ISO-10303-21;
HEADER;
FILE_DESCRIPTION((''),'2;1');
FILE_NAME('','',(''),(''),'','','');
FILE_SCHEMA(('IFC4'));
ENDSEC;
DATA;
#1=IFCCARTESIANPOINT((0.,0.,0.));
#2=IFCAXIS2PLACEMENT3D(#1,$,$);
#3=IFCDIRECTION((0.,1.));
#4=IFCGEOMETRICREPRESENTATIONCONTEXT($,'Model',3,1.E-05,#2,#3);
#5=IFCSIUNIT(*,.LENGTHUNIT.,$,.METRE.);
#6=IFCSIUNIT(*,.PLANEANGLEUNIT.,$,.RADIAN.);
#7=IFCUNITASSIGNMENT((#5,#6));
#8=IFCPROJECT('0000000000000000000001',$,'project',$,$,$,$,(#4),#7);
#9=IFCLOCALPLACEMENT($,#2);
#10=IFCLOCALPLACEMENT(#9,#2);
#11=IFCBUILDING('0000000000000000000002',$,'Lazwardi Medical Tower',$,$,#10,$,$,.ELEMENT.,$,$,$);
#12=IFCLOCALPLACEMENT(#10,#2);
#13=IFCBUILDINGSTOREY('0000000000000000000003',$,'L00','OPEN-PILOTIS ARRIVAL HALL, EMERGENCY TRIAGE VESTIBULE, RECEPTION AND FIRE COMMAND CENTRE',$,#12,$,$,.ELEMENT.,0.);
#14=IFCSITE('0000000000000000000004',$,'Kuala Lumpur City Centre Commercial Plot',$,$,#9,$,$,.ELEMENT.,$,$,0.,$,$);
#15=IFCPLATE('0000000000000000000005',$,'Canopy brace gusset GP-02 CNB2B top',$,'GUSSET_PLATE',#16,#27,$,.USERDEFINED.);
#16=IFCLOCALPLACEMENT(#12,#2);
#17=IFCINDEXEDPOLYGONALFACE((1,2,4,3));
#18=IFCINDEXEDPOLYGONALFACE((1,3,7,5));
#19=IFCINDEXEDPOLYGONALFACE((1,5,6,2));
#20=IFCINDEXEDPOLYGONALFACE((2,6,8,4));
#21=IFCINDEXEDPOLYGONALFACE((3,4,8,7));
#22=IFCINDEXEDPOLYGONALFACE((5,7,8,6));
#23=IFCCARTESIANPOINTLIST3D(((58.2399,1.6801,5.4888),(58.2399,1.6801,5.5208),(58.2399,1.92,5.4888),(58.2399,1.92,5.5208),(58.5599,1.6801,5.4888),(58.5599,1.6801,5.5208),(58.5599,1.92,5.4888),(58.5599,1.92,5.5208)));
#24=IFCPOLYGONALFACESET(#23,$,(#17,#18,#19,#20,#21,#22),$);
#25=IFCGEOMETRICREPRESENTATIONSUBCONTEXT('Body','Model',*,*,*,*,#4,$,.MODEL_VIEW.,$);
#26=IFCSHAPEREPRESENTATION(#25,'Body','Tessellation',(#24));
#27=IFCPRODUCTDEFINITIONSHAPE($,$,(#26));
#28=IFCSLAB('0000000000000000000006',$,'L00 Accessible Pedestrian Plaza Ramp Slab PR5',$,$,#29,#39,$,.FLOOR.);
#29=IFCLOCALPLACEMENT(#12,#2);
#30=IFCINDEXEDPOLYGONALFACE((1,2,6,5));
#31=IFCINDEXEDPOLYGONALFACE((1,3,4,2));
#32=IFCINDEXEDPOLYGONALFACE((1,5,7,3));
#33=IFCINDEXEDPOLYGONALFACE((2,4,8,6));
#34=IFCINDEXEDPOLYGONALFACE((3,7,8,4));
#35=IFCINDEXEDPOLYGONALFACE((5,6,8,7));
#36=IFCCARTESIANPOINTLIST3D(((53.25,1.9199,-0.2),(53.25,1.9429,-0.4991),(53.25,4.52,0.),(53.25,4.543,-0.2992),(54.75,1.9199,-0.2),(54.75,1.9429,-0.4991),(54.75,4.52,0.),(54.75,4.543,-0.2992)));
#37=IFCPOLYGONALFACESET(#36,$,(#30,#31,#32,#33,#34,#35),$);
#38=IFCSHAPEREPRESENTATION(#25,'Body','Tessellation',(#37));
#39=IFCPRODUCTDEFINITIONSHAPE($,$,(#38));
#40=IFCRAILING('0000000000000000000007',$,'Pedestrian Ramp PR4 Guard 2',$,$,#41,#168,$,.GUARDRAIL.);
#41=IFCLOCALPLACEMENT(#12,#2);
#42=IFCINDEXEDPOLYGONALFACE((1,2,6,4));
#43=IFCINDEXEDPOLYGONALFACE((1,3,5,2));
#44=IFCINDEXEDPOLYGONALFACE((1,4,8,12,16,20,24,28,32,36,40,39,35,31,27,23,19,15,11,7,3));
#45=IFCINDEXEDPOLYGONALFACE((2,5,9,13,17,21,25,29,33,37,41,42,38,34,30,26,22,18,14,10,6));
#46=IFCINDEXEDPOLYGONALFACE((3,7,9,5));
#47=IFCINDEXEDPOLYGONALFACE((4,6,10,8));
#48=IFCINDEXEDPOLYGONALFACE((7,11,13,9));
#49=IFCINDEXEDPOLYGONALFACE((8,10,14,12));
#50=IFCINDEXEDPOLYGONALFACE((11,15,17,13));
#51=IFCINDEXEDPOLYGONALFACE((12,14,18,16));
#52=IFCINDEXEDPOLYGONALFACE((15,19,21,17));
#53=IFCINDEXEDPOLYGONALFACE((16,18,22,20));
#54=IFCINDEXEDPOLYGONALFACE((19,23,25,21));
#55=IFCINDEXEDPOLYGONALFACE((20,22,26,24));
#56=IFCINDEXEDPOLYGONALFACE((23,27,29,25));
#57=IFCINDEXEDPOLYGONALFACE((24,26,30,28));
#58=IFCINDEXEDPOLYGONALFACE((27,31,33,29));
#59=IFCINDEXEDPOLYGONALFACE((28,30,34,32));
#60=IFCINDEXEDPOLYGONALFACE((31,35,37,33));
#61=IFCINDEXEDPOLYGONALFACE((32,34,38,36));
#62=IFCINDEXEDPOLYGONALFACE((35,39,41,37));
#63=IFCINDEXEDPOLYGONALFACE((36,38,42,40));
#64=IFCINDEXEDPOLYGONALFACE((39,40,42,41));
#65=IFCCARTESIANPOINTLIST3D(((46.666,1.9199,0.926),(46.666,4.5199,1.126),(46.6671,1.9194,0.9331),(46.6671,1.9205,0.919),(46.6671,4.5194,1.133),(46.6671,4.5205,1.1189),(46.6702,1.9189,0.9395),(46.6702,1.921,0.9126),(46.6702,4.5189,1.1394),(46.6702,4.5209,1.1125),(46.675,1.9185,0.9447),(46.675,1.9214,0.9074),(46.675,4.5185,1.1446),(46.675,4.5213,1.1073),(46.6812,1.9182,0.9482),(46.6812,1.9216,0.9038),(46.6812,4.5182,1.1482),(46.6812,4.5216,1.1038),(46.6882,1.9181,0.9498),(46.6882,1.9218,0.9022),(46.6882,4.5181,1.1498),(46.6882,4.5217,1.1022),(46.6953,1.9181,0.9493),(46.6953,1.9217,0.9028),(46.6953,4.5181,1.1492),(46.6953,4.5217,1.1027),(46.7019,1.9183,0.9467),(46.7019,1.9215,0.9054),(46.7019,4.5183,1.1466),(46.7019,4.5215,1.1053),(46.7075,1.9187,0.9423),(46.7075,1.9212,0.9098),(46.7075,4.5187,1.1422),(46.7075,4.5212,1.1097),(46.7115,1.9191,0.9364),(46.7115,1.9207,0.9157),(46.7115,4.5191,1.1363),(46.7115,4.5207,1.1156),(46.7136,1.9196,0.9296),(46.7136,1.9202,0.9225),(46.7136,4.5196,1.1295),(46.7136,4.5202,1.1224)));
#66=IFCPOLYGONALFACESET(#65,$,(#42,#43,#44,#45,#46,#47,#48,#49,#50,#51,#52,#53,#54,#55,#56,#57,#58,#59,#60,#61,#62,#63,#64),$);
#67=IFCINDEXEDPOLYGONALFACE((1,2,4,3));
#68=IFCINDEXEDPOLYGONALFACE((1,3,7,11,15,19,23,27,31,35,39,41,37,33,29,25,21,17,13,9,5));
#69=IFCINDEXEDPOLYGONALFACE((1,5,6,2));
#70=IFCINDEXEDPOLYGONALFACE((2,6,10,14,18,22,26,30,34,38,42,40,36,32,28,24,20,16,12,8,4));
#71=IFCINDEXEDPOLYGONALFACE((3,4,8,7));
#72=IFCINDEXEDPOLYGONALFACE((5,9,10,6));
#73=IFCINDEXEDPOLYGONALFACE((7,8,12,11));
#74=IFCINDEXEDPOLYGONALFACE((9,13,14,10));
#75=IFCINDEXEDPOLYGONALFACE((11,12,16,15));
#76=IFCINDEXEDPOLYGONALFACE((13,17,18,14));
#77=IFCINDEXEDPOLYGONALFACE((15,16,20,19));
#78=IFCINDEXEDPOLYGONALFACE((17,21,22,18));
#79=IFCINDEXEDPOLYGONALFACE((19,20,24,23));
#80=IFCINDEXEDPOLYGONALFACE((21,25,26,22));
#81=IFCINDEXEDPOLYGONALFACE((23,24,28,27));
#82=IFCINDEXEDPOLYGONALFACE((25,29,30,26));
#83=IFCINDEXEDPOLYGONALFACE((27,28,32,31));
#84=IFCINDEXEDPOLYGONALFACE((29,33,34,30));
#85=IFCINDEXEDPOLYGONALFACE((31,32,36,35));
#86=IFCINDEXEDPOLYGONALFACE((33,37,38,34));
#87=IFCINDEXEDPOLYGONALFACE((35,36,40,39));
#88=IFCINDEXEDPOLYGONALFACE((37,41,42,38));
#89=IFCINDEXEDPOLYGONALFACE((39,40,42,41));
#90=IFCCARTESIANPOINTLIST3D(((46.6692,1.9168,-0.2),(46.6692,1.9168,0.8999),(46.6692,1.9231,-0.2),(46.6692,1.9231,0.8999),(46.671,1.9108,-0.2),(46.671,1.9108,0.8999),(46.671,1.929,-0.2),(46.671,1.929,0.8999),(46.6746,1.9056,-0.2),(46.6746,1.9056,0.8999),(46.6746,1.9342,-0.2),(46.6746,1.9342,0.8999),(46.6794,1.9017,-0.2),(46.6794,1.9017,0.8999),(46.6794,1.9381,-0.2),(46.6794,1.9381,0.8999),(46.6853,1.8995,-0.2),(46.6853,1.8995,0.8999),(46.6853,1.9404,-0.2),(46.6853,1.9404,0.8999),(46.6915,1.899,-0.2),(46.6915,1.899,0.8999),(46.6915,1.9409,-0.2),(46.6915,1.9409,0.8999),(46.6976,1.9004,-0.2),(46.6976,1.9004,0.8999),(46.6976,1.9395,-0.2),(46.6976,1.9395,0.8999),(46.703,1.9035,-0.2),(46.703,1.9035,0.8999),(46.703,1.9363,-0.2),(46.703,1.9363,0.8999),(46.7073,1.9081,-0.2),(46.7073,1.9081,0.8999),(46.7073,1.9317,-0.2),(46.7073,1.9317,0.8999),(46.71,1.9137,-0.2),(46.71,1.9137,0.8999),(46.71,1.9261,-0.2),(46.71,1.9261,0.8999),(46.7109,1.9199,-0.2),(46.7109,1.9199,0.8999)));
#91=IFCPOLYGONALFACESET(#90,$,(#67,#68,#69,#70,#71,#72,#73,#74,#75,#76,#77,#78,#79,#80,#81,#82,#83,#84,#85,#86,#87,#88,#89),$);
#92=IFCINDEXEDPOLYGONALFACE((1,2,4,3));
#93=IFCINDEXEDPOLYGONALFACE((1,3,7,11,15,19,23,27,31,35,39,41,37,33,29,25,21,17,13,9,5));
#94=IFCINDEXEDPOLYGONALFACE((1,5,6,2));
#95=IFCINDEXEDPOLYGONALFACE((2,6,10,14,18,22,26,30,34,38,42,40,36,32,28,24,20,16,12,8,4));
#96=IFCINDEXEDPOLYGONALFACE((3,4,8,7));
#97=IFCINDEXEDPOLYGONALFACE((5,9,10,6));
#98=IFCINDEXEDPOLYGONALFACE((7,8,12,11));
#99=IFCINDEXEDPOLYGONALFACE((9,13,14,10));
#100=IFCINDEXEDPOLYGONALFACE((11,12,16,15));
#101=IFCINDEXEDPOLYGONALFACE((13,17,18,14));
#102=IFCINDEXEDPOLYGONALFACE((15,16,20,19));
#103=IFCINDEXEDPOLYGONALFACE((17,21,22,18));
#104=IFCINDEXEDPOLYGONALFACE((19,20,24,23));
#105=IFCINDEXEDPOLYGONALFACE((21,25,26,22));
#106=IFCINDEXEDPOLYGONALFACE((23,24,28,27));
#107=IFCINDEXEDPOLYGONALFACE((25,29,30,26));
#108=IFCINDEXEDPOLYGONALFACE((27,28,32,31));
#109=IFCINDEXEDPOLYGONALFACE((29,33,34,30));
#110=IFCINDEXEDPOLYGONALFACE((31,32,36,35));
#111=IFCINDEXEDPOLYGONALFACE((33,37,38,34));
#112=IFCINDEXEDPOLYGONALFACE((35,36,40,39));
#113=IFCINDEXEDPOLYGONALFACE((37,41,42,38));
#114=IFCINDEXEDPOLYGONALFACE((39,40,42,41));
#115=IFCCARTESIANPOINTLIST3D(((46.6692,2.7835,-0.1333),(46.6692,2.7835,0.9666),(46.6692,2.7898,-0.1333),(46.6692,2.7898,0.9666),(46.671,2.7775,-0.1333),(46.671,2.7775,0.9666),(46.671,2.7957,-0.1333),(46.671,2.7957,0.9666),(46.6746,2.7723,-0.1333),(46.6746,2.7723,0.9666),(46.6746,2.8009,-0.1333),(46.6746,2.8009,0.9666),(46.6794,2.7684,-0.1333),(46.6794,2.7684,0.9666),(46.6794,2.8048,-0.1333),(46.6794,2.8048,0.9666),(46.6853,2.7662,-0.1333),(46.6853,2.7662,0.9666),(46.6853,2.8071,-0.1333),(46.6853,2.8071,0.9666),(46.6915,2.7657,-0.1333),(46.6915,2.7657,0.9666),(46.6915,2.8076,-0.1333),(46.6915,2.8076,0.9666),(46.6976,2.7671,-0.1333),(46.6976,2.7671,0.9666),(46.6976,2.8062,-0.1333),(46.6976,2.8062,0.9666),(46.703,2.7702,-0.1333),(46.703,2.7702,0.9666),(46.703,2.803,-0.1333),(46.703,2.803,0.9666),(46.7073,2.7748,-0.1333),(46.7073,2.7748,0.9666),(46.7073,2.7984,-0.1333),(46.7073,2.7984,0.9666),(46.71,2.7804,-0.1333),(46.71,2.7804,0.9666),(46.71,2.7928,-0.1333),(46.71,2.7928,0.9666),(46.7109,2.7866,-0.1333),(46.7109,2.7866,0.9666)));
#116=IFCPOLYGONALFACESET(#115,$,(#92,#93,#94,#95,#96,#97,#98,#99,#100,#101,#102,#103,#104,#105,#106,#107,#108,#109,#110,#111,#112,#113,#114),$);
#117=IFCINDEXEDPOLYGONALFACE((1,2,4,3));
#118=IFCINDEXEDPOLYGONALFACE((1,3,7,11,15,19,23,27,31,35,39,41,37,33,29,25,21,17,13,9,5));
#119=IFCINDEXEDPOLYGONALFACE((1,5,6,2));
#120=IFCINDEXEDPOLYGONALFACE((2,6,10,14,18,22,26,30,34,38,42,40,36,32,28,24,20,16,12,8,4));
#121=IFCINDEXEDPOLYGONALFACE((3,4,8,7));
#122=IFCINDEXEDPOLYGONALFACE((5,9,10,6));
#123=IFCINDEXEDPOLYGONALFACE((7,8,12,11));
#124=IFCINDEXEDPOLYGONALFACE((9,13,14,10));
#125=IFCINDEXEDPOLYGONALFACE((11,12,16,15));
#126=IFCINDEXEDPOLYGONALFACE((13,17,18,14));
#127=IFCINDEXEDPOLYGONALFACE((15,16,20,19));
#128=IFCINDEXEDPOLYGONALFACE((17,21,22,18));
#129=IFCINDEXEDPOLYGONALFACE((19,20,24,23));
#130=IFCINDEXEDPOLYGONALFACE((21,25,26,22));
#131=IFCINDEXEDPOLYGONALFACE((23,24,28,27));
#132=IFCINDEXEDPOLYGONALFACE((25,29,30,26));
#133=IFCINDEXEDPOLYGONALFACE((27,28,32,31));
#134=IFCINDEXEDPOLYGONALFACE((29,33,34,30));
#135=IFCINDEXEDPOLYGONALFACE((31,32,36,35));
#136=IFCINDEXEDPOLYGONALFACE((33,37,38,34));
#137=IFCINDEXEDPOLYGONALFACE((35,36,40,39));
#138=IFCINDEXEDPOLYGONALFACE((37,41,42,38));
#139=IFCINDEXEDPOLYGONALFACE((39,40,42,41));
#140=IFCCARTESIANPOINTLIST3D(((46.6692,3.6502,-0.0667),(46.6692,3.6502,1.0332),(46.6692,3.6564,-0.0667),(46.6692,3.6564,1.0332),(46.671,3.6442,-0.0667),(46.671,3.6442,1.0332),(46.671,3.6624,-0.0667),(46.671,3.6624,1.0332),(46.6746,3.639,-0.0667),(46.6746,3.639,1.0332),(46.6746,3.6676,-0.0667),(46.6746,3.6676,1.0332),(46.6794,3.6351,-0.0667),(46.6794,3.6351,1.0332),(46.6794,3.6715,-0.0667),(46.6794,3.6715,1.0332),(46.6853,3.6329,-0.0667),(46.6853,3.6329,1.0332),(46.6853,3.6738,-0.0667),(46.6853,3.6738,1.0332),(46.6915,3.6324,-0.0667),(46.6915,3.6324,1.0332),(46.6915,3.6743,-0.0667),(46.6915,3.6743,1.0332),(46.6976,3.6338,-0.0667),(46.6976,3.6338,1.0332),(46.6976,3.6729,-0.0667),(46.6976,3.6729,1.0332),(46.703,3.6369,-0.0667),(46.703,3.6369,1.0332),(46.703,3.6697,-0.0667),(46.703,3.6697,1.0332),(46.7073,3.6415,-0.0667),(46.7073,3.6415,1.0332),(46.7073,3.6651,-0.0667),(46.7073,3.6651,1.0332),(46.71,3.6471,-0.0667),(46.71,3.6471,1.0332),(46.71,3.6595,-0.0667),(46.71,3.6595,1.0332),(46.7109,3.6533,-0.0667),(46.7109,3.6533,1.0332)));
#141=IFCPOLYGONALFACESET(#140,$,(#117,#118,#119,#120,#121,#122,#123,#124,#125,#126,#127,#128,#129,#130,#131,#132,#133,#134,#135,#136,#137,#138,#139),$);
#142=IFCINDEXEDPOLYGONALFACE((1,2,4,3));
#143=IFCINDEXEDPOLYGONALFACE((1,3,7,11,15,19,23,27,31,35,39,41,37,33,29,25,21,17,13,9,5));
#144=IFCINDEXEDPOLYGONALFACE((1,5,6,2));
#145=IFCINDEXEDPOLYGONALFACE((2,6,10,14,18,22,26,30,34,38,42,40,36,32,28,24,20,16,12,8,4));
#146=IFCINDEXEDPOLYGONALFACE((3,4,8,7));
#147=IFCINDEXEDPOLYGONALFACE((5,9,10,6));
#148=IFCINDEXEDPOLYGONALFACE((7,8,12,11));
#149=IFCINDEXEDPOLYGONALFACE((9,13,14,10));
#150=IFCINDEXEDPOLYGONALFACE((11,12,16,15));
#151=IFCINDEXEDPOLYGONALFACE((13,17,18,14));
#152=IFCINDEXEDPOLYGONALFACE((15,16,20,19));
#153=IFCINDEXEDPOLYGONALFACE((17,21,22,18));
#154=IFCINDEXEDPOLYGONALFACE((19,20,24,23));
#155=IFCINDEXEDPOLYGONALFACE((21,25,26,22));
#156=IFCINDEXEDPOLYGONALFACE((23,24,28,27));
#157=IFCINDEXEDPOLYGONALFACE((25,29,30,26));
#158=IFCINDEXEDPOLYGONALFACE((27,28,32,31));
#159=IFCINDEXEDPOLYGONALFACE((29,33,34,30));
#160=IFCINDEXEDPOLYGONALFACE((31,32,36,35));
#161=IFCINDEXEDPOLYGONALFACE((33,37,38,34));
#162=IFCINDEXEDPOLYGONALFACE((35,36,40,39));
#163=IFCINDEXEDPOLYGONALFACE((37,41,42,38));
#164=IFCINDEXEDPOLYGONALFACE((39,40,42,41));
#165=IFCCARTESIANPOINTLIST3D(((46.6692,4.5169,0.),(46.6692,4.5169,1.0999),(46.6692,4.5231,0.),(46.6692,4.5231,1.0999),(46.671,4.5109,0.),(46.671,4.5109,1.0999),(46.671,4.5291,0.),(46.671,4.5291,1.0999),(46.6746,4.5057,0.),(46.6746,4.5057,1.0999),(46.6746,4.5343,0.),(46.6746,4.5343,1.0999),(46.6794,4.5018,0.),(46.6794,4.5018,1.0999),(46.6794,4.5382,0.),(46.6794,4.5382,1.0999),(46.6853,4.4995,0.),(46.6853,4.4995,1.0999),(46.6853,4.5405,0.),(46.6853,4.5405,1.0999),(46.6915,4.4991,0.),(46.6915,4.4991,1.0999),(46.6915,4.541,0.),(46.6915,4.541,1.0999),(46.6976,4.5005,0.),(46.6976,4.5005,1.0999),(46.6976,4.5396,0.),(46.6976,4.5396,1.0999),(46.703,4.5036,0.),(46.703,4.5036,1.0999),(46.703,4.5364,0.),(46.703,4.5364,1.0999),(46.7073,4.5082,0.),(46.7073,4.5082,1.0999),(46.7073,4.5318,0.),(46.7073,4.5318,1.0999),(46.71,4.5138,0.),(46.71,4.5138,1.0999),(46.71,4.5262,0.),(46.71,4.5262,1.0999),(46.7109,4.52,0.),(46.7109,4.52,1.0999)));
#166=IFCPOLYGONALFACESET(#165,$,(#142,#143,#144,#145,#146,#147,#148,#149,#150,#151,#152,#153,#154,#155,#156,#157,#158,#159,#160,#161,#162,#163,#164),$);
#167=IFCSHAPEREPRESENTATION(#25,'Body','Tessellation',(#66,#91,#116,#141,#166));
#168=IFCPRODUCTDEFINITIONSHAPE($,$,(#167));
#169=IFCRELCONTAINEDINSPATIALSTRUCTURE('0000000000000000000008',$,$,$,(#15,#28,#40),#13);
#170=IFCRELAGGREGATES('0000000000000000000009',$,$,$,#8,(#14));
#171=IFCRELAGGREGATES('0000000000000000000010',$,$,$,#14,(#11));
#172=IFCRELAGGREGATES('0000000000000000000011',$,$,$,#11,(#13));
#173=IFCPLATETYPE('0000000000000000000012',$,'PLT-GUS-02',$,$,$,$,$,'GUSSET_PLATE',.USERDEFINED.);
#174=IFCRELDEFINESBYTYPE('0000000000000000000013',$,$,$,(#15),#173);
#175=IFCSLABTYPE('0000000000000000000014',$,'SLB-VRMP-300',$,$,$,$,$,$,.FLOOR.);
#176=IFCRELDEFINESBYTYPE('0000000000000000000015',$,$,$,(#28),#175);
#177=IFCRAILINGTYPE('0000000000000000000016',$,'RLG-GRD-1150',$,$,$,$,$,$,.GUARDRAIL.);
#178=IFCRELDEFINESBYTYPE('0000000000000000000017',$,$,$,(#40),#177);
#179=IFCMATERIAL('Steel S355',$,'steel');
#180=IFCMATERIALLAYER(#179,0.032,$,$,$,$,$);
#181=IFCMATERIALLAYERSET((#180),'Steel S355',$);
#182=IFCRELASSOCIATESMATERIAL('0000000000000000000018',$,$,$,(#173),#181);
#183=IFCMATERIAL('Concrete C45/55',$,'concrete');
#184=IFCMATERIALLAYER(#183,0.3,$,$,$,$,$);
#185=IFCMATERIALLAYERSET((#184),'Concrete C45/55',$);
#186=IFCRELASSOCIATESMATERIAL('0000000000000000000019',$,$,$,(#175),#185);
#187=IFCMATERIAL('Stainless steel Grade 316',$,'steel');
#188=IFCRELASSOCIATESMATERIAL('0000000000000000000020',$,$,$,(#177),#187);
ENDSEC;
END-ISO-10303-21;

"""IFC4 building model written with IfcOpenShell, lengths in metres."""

from ifc_helpers import new_model, si_unit, direction, frame, origin, origin_2d, place, context, subcontext, project, spatial, polyline, rectangle, circle, outline, extrude, material, layer, layer_set, type_object, element, save


model = new_model("IFC4")

# Units and contexts
model_context = context("Model", 3, precision=1e-05, world=origin(), true_north=direction((0.0, 1.0)))
body_context = subcontext(model_context, "Body", "Model", "MODEL_VIEW")
ifc_project = project(units=[si_unit("LENGTHUNIT", "METRE"), si_unit("PLANEANGLEUNIT", "RADIAN")], contexts=[model_context])

# Site, building, storey
site_placement = place(None, origin())
site = spatial("IfcSite", under=ifc_project, at=site_placement, Name="Kuala Lumpur City Centre Commercial Plot", CompositionType="ELEMENT", RefElevation=0.0)
building_placement = place(site_placement, origin())
building = spatial("IfcBuilding", under=site, at=building_placement, Name="Lazwardi Medical Tower", CompositionType="ELEMENT")
storey_placement = place(building_placement, origin())
storey = spatial("IfcBuildingStorey", under=building, at=storey_placement, Name="L00", Description="OPEN-PILOTIS ARRIVAL HALL, EMERGENCY TRIAGE VESTIBULE, RECEPTION AND FIRE COMMAND CENTRE", CompositionType="ELEMENT", Elevation=0.0)

# Shared definitions
ifc_material_1 = material(Name="Steel S355", Category="steel")

# Plate
ifc_layer_1 = layer(ifc_material_1, 0.032)
ifc_layer_set_1 = layer_set([ifc_layer_1], Name="Steel S355")
plate_type = type_object("IfcPlateType", Name="PLT-GUS-02", ElementType="GUSSET_PLATE", PredefinedType="USERDEFINED", material=ifc_layer_set_1)
plate_1_placement = place(storey_placement, frame((58.3999, 1.8, 5.4888), z_axis=(0.0, 0.0, 1.0), x_axis=(1.0, 0.0, 0.0)))
element("IfcPlate", 1, at=plate_1_placement, inside=storey, type_object=plate_type, Name="Canopy brace gusset GP-02 CNB2B top", ObjectType="GUSSET_PLATE", PredefinedType="USERDEFINED", context=body_context, shape_type="SweptSolid", body=[
    extrude(rectangle(XDim=0.3201, YDim=0.24, at=origin_2d()), origin(), (0.0, 0.0, 1.0), 0.032),
])

# Slab
ifc_material_2 = material(Name="Concrete C45/55", Category="concrete")
ifc_layer_2 = layer(ifc_material_2, 0.3)
ifc_layer_set_2 = layer_set([ifc_layer_2], Name="Concrete C45/55")
slab_type = type_object("IfcSlabType", Name="SLB-VRMP-300", PredefinedType="FLOOR", material=ifc_layer_set_2)
slab_placement = place(storey_placement, frame((53.25, 1.9199, -0.2), z_axis=(0.0, -0.076675, 0.997056), x_axis=(1.0, 0.0, 0.0)))
element("IfcSlab", 2, at=slab_placement, inside=storey, type_object=slab_type, Name="L00 Accessible Pedestrian Plaza Ramp Slab PR5", PredefinedType="FLOOR", context=body_context, shape_type="SweptSolid", body=[
    extrude(outline(polyline([(0.0, 0.0), (1.5, 0.0), (1.5, 2.6078), (0.0, 2.6078), (0.0, 0.0)])), origin(), (0.0, 0.0, -1.0), 0.3),
])

# Railing
ifc_material_3 = material(Name="Stainless steel Grade 316", Category="steel")
railing_type = type_object("IfcRailingType", Name="RLG-GRD-1150", PredefinedType="GUARDRAIL", material=ifc_material_3)
for number, where, name in (
    (3, (46.6899, 1.9199, -0.2), "Pedestrian Ramp PR4 Guard 2"),
):
    element("IfcRailing", number, at=place(storey_placement, frame(where)), inside=storey, type_object=railing_type, Name=name, PredefinedType="GUARDRAIL", context=body_context, shape_type="SweptSolid", body=[
        extrude(circle(Radius=0.0239, at=origin_2d()), frame((0.0, 0.0, 1.126), z_axis=(0.0, 0.997056, 0.076675), x_axis=(-1.0, 0.0, 0.0)), (0.0, 0.0, 1.0), 2.6077),
        extrude(circle(Radius=0.021, at=origin_2d()), origin(), (0.0, 0.0, 1.0), 1.0999),
        extrude(circle(Radius=0.021, at=origin_2d()), frame((0.0, 0.8667, 0.0667)), (0.0, 0.0, 1.0), 1.0999),
        extrude(circle(Radius=0.021, at=origin_2d()), frame((0.0, 1.7334, 0.1333)), (0.0, 0.0, 1.0), 1.0999),
        extrude(circle(Radius=0.021, at=origin_2d()), frame((0.0, 2.6001, 0.2)), (0.0, 0.0, 1.0), 1.0999),
    ])

save(model, "model.ifc")
